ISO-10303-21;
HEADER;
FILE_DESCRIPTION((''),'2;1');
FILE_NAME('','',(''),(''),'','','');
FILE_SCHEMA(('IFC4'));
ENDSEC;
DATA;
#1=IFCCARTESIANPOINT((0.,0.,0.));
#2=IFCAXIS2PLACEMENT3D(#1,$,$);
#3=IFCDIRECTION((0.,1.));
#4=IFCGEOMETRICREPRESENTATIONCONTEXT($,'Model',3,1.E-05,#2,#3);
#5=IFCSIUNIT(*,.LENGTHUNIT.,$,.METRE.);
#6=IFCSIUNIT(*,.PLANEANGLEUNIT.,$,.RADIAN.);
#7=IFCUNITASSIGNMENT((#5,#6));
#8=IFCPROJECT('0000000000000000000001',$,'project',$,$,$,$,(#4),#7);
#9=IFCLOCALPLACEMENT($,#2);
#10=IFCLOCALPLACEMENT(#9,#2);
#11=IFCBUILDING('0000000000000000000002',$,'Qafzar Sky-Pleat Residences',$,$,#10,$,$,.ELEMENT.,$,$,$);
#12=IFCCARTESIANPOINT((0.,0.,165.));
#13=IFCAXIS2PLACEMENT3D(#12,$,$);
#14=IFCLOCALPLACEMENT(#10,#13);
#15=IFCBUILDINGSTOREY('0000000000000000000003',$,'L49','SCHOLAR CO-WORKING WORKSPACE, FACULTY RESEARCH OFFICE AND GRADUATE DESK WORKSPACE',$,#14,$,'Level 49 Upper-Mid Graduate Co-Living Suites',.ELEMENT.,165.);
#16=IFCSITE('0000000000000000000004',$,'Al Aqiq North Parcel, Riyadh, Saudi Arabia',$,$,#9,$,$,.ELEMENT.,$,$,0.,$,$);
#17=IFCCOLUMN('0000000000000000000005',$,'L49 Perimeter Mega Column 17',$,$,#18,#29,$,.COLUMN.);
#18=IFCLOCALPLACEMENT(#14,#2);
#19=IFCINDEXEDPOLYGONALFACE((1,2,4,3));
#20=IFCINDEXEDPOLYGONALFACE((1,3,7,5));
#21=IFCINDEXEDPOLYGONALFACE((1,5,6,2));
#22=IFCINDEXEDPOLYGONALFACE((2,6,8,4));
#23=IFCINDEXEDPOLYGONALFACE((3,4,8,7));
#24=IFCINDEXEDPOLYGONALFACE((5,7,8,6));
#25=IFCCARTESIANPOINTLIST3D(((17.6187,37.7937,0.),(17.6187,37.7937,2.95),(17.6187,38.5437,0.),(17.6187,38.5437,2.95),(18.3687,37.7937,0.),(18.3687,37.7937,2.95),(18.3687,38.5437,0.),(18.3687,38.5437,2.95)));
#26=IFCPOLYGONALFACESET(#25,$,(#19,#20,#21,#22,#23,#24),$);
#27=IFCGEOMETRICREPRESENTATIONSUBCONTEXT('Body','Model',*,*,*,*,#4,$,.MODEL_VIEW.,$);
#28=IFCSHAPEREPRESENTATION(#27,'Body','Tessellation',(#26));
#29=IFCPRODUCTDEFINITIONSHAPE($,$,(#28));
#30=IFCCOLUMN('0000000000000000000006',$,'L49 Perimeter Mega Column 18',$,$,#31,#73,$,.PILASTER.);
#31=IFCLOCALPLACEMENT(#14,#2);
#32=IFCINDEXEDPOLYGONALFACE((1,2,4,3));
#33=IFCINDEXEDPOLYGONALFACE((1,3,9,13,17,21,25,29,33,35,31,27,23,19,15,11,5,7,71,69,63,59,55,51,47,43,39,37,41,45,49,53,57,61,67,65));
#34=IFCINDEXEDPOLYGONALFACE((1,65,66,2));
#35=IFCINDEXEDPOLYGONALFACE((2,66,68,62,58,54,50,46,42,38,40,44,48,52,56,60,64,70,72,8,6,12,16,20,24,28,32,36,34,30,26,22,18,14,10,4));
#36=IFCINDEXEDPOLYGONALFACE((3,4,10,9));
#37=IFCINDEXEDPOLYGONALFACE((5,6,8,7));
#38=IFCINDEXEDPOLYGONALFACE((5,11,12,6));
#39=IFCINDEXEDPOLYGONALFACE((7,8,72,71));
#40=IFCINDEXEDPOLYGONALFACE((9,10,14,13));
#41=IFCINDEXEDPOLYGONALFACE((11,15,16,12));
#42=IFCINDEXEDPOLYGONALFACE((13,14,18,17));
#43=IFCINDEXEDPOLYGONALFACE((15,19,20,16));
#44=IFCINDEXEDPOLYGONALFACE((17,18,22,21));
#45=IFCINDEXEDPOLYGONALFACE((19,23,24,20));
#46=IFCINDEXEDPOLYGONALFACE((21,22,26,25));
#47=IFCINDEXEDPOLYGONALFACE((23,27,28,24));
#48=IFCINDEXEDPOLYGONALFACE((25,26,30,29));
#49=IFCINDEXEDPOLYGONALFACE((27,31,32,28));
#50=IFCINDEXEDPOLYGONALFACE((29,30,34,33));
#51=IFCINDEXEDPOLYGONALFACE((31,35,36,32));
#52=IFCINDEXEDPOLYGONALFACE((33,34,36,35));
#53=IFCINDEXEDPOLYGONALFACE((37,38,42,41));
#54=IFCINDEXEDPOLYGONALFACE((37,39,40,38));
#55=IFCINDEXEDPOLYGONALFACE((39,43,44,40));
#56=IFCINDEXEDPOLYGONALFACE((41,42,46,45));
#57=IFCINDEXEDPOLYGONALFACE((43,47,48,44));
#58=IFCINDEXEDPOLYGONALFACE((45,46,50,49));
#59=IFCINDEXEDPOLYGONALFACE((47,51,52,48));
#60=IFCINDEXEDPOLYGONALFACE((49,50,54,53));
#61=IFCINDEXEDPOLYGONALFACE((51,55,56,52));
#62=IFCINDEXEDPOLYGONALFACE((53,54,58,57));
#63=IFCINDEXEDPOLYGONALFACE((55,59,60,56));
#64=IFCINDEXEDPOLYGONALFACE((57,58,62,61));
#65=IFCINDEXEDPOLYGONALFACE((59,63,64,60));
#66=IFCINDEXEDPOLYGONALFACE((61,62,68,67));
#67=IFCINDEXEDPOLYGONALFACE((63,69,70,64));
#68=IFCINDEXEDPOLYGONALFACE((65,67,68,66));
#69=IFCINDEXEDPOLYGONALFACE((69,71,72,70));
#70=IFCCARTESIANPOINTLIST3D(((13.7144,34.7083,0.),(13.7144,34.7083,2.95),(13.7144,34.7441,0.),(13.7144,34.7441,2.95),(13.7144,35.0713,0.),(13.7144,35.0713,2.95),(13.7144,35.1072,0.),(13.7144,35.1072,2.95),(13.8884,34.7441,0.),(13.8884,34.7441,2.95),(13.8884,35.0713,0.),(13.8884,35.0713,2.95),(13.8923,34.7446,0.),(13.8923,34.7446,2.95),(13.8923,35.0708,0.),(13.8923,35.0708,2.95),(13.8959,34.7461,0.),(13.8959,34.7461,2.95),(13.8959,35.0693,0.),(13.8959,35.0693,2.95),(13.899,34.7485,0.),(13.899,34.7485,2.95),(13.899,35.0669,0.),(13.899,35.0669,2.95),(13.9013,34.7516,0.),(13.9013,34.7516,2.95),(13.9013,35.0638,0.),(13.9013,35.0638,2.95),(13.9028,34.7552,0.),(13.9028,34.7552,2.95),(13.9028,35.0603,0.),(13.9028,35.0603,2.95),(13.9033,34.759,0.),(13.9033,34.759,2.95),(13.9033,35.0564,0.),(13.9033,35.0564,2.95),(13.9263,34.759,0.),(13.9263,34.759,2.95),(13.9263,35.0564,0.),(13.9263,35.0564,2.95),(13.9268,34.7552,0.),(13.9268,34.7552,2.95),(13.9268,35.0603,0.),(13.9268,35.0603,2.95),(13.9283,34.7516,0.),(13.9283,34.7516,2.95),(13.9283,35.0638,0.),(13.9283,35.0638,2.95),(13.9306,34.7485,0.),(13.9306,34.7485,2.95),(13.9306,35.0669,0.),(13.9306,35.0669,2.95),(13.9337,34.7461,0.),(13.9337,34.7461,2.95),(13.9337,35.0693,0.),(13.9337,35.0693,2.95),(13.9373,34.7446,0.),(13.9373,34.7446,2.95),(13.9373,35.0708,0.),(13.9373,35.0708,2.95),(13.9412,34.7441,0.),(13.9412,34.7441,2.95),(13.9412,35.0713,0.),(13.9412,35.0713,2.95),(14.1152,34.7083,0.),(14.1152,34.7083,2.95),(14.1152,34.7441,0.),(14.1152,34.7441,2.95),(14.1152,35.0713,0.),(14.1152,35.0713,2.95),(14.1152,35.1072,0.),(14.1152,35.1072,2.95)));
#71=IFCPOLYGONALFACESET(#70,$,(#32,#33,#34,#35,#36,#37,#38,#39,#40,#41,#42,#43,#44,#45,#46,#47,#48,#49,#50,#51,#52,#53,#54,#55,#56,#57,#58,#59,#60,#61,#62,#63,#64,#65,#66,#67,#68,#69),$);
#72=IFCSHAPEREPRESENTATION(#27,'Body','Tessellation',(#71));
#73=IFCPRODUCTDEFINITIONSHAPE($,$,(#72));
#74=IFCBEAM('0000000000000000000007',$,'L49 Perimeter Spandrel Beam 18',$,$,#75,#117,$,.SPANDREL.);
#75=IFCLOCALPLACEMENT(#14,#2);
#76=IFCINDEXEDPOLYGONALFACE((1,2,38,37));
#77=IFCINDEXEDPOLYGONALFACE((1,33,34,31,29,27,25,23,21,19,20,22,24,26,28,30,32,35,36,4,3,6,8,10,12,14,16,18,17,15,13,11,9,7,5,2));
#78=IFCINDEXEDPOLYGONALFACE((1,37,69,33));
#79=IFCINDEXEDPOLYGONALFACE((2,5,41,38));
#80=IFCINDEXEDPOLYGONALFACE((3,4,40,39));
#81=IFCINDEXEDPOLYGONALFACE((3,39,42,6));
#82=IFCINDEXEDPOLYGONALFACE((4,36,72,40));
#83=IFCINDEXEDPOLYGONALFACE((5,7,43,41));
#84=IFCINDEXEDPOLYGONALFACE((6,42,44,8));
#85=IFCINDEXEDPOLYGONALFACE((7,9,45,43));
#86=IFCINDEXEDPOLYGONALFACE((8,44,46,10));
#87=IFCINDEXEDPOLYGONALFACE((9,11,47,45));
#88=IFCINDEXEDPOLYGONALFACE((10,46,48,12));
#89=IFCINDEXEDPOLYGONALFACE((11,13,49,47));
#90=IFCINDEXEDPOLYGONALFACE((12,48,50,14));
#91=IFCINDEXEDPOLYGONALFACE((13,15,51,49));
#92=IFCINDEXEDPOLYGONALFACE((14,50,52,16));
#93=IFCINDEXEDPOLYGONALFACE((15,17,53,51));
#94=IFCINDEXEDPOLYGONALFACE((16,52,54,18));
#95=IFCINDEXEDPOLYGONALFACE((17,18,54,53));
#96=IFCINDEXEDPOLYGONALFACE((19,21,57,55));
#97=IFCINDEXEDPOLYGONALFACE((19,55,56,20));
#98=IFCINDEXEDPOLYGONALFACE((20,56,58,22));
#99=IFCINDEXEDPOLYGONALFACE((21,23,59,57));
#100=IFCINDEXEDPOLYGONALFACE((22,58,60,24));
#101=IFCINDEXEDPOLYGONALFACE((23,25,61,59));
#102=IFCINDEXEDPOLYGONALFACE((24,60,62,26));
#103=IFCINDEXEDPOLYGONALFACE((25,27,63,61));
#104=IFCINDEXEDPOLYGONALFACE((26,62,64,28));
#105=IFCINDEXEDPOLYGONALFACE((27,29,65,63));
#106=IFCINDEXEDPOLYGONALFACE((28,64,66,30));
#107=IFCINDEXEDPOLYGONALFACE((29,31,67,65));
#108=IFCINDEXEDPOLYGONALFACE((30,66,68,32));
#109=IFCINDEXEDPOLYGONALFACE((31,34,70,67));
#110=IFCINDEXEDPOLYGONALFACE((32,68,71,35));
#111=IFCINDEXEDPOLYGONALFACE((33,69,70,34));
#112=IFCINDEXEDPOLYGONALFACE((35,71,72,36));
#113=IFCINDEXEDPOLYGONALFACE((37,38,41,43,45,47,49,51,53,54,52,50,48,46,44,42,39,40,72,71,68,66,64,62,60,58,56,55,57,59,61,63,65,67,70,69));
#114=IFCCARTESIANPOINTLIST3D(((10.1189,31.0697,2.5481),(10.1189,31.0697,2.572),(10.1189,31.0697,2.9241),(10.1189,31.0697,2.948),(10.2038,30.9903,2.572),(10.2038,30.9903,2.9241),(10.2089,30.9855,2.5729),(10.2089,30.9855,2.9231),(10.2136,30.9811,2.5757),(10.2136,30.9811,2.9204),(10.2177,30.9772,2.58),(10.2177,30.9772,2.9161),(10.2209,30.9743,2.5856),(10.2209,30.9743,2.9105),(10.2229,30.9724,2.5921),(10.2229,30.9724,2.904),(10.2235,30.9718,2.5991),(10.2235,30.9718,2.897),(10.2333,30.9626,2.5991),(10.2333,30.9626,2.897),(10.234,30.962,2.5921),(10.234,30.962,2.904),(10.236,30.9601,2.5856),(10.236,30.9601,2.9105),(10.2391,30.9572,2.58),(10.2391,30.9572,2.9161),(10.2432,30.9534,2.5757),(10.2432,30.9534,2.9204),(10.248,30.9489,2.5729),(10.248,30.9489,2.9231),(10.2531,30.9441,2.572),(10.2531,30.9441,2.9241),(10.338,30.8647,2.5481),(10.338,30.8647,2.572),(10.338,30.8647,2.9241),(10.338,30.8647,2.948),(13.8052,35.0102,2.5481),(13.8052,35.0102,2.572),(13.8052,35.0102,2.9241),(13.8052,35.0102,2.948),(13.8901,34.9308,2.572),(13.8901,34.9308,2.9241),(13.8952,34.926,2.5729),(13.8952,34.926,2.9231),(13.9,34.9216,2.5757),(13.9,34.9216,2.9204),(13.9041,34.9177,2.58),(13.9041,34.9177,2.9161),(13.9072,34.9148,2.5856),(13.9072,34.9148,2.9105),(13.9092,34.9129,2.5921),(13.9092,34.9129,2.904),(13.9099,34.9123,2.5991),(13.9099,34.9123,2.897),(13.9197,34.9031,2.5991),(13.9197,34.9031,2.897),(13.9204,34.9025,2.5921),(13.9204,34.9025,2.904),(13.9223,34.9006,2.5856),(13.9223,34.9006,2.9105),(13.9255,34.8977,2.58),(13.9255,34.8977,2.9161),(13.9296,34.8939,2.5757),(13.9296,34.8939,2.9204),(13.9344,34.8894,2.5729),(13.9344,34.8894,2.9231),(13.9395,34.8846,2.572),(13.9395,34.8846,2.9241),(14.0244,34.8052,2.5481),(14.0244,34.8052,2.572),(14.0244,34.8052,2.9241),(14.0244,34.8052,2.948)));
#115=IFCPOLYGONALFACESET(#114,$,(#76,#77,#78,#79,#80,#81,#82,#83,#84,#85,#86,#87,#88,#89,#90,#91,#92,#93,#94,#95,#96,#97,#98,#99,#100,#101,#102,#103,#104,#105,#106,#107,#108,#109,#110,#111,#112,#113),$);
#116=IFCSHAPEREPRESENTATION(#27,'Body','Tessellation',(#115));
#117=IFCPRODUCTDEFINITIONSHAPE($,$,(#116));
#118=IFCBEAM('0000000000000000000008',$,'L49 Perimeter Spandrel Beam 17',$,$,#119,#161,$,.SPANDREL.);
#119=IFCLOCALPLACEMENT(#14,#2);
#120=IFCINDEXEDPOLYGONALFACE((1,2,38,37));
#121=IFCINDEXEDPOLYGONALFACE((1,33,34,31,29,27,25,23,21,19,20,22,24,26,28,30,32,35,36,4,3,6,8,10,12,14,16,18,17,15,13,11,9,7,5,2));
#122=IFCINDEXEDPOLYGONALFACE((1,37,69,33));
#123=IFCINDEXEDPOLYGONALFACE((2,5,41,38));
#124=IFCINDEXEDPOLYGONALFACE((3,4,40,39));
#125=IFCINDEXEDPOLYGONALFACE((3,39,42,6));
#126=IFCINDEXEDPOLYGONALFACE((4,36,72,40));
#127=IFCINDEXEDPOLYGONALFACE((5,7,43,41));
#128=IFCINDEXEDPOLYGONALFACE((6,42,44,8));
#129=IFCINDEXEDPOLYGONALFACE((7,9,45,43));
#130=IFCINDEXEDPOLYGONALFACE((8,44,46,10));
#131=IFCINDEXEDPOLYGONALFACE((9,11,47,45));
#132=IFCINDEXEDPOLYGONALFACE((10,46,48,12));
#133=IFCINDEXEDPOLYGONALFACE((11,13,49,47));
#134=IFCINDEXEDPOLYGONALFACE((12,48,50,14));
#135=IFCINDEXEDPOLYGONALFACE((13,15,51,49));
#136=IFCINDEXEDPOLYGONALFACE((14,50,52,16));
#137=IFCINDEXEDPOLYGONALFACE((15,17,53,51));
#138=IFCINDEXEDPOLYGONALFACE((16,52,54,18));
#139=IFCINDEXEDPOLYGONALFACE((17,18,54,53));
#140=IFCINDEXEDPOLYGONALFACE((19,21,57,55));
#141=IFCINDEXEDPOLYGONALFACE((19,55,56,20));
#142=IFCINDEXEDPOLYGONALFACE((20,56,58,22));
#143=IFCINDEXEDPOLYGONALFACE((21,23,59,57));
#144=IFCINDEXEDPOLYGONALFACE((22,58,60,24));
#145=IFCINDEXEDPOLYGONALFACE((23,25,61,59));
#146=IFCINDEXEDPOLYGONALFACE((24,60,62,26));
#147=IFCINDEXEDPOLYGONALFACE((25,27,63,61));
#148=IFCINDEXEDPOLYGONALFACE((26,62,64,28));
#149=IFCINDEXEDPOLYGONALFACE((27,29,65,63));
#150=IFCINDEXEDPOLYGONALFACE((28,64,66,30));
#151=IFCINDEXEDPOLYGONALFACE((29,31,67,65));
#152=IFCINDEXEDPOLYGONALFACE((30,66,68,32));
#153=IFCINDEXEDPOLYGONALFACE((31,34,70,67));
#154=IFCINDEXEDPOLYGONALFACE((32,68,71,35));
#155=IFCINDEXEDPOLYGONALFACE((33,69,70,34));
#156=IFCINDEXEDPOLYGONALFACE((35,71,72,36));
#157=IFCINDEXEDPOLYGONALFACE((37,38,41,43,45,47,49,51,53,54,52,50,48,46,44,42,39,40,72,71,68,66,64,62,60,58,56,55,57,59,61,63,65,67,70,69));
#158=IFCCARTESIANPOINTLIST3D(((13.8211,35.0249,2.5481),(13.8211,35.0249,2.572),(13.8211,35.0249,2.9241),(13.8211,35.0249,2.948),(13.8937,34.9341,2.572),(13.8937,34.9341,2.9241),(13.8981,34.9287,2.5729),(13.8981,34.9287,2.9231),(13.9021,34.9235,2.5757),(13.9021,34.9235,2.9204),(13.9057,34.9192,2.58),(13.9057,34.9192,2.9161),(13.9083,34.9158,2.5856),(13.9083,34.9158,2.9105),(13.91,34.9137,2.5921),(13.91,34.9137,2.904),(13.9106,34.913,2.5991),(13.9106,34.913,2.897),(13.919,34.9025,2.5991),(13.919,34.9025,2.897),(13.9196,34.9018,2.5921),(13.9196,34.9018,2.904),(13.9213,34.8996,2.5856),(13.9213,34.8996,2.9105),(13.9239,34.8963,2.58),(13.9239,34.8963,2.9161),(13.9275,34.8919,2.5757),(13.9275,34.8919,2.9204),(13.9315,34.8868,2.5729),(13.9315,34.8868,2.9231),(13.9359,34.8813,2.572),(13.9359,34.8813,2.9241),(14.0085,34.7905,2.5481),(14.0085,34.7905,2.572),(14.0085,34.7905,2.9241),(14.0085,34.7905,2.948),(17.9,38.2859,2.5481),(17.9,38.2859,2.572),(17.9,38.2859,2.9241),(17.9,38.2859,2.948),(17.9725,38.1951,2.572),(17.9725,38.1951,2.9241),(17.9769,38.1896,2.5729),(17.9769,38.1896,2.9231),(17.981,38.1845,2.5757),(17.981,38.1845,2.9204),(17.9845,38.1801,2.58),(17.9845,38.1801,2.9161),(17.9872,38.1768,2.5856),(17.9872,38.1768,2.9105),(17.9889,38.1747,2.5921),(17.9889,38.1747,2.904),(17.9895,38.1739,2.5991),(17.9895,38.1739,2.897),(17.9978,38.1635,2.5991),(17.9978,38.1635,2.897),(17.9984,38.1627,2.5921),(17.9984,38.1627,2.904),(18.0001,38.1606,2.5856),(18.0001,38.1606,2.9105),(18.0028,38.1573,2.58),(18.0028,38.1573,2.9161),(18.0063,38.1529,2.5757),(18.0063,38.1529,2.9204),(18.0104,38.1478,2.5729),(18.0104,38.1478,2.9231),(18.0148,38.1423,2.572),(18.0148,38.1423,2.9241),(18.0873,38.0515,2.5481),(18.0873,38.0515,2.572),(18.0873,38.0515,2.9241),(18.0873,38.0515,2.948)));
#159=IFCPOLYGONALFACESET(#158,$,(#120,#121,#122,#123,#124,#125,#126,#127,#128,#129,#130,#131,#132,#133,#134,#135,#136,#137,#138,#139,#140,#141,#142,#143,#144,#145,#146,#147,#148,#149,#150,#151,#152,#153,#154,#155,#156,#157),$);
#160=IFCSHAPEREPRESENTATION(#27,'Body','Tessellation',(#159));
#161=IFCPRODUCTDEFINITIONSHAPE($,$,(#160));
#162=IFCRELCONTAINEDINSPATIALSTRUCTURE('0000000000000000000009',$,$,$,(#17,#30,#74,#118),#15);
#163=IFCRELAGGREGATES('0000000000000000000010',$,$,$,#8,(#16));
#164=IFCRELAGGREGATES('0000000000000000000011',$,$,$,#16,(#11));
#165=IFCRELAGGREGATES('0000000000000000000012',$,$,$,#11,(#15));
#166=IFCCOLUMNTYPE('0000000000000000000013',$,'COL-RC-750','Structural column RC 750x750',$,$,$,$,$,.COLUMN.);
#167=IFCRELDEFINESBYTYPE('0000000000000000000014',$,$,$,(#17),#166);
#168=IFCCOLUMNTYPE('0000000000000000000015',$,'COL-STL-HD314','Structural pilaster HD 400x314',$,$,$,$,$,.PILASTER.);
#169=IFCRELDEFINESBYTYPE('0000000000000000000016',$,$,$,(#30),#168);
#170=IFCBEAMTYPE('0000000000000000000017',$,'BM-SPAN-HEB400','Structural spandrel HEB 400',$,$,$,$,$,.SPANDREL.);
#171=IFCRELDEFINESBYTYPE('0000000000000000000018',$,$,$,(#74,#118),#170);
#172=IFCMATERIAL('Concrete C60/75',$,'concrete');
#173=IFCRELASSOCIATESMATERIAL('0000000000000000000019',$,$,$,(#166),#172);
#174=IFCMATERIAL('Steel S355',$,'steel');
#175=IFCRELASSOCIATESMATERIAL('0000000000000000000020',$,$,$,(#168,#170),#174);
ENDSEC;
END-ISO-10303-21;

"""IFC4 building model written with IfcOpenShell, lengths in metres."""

from ifc_helpers import new_model, si_unit, direction, frame, origin, origin_2d, place, context, subcontext, project, spatial, rectangle, i_section, extrude, source, transform, mapped, material, material_profile, profile_set, type_object, element, save


model = new_model("IFC4")

# Units and contexts
model_context = context("Model", 3, precision=1e-05, world=origin(), true_north=direction((0.0, 1.0)))
body_context = subcontext(model_context, "Body", "Model", "MODEL_VIEW")
ifc_project = project(units=[si_unit("LENGTHUNIT", "METRE"), si_unit("PLANEANGLEUNIT", "RADIAN")], contexts=[model_context])

# Site, building, storey
site_placement = place(None, origin())
site = spatial("IfcSite", under=ifc_project, at=site_placement, Name="Al Aqiq North Parcel, Riyadh, Saudi Arabia", CompositionType="ELEMENT", RefElevation=0.0)
building_placement = place(site_placement, origin())
building = spatial("IfcBuilding", under=site, at=building_placement, Name="Qafzar Sky-Pleat Residences", CompositionType="ELEMENT")
storey_placement = place(building_placement, frame((0.0, 0.0, 165.0)))
storey = spatial("IfcBuildingStorey", under=building, at=storey_placement, Name="L49", Description="SCHOLAR CO-WORKING WORKSPACE, FACULTY RESEARCH OFFICE AND GRADUATE DESK WORKSPACE", LongName="Level 49 Upper-Mid Graduate Co-Living Suites", CompositionType="ELEMENT", Elevation=165.0)

# Columns
ifc_material_1 = material(Name="Concrete C60/75", Category="concrete")
ifc_material_profile_1 = material_profile(ifc_material_1, rectangle(XDim=0.75, YDim=0.75, at=origin_2d()), Name="RC 750x750")
ifc_profile_set_1 = profile_set([ifc_material_profile_1], Name="Concrete C60/75")
column_type_1 = type_object("IfcColumnType", Name="COL-RC-750", Description="Structural column RC 750x750", PredefinedType="COLUMN", material=ifc_profile_set_1)
shared_shape_1 = source(origin(), body_context, "Body", "SweptSolid", [
    extrude(rectangle(XDim=0.75, YDim=0.75, at=origin_2d()), origin(), (0.0, 0.0, 1.0), 2.95),
])
column_1_placement = place(storey_placement, frame((17.9937, 38.1687, 0.0), z_axis=(0.0, 0.0, 1.0), x_axis=(1.0, 0.0, 0.0)))
element("IfcColumn", 1, at=column_1_placement, inside=storey, type_object=column_type_1, Name="L49 Perimeter Mega Column 17", PredefinedType="COLUMN", context=body_context, shape_type="MappedRepresentation", body=[
    mapped(shared_shape_1, transform((0.0, 0.0, 0.0), x_axis=(1.0, 0.0, 0.0), y_axis=(0.0, 1.0, 0.0), z_axis=(0.0, 0.0, 1.0), scale=1.0)),
])
ifc_material_2 = material(Name="Steel S355", Category="steel")
ifc_material_profile_2 = material_profile(ifc_material_2, i_section(OverallWidth=0.4009, OverallDepth=0.3989, WebThickness=0.0229, FlangeThickness=0.0359, FilletRadius=0.0149, at=origin_2d()), Name="HD 400x314")
ifc_profile_set_2 = profile_set([ifc_material_profile_2], Name="Steel S355")
column_type_2 = type_object("IfcColumnType", Name="COL-STL-HD314", Description="Structural pilaster HD 400x314", PredefinedType="PILASTER", material=ifc_profile_set_2)
shared_shape_2 = source(origin(), body_context, "Body", "SweptSolid", [
    extrude(i_section(OverallWidth=0.4009, OverallDepth=0.3989, WebThickness=0.0229, FlangeThickness=0.0359, FilletRadius=0.0149, at=origin_2d()), origin(), (0.0, 0.0, 1.0), 2.95),
])
column_2_placement = place(storey_placement, frame((13.9148, 34.9077, 0.0), z_axis=(0.0, 0.0, 1.0), x_axis=(1.0, 0.0, 0.0)))
element("IfcColumn", 2, at=column_2_placement, inside=storey, type_object=column_type_2, Name="L49 Perimeter Mega Column 18", PredefinedType="PILASTER", context=body_context, shape_type="MappedRepresentation", body=[
    mapped(shared_shape_2, transform((0.0, 0.0, 0.0), x_axis=(1.0, 0.0, 0.0), y_axis=(0.0, 1.0, 0.0), z_axis=(0.0, 0.0, 1.0), scale=1.0)),
])

# Beams
ifc_material_profile_3 = material_profile(ifc_material_2, i_section(OverallWidth=0.3, OverallDepth=0.3999, WebThickness=0.0134, FlangeThickness=0.0239, FilletRadius=0.0271, at=origin_2d()), Name="HEB 400")
ifc_profile_set_3 = profile_set([ifc_material_profile_3], Name="Steel S355")
beam_type_1 = type_object("IfcBeamType", Name="BM-SPAN-HEB400", Description="Structural spandrel HEB 400", PredefinedType="SPANDREL", material=ifc_profile_set_3)
shared_shape_3 = source(origin(), body_context, "Body", "SweptSolid", [
    extrude(i_section(OverallWidth=0.3, OverallDepth=0.3999, WebThickness=0.0134, FlangeThickness=0.0239, FilletRadius=0.0271, at=origin_2d()), origin(), (0.0, 0.0, 1.0), 5.396),
])
beam_1_placement = place(storey_placement, frame((13.9148, 34.9077, 2.748), z_axis=(-0.683164, -0.730265, 0.0), x_axis=(0.730265, -0.683164, 0.0)))
element("IfcBeam", 3, at=beam_1_placement, inside=storey, type_object=beam_type_1, Name="L49 Perimeter Spandrel Beam 18", PredefinedType="SPANDREL", context=body_context, shape_type="MappedRepresentation", body=[
    mapped(shared_shape_3, transform((0.0, 0.0, 0.0), x_axis=(1.0, 0.0, 0.0), y_axis=(0.0, 1.0, 0.0), z_axis=(0.0, 0.0, 1.0), scale=1.0)),
])
shared_shape_4 = source(origin(), body_context, "Body", "SweptSolid", [
    extrude(i_section(OverallWidth=0.3, OverallDepth=0.3999, WebThickness=0.0134, FlangeThickness=0.0239, FilletRadius=0.0271, at=origin_2d()), origin(), (0.0, 0.0, 1.0), 5.2222),
])
beam_2_placement = place(storey_placement, frame((17.9937, 38.1687, 2.748), z_axis=(-0.781065, -0.62445, 0.0), x_axis=(0.62445, -0.781065, 0.0)))
element("IfcBeam", 4, at=beam_2_placement, inside=storey, type_object=beam_type_1, Name="L49 Perimeter Spandrel Beam 17", PredefinedType="SPANDREL", context=body_context, shape_type="MappedRepresentation", body=[
    mapped(shared_shape_4, transform((0.0, 0.0, 0.0), x_axis=(1.0, 0.0, 0.0), y_axis=(0.0, 1.0, 0.0), z_axis=(0.0, 0.0, 1.0), scale=1.0)),
])

save(model, "model.ifc")
